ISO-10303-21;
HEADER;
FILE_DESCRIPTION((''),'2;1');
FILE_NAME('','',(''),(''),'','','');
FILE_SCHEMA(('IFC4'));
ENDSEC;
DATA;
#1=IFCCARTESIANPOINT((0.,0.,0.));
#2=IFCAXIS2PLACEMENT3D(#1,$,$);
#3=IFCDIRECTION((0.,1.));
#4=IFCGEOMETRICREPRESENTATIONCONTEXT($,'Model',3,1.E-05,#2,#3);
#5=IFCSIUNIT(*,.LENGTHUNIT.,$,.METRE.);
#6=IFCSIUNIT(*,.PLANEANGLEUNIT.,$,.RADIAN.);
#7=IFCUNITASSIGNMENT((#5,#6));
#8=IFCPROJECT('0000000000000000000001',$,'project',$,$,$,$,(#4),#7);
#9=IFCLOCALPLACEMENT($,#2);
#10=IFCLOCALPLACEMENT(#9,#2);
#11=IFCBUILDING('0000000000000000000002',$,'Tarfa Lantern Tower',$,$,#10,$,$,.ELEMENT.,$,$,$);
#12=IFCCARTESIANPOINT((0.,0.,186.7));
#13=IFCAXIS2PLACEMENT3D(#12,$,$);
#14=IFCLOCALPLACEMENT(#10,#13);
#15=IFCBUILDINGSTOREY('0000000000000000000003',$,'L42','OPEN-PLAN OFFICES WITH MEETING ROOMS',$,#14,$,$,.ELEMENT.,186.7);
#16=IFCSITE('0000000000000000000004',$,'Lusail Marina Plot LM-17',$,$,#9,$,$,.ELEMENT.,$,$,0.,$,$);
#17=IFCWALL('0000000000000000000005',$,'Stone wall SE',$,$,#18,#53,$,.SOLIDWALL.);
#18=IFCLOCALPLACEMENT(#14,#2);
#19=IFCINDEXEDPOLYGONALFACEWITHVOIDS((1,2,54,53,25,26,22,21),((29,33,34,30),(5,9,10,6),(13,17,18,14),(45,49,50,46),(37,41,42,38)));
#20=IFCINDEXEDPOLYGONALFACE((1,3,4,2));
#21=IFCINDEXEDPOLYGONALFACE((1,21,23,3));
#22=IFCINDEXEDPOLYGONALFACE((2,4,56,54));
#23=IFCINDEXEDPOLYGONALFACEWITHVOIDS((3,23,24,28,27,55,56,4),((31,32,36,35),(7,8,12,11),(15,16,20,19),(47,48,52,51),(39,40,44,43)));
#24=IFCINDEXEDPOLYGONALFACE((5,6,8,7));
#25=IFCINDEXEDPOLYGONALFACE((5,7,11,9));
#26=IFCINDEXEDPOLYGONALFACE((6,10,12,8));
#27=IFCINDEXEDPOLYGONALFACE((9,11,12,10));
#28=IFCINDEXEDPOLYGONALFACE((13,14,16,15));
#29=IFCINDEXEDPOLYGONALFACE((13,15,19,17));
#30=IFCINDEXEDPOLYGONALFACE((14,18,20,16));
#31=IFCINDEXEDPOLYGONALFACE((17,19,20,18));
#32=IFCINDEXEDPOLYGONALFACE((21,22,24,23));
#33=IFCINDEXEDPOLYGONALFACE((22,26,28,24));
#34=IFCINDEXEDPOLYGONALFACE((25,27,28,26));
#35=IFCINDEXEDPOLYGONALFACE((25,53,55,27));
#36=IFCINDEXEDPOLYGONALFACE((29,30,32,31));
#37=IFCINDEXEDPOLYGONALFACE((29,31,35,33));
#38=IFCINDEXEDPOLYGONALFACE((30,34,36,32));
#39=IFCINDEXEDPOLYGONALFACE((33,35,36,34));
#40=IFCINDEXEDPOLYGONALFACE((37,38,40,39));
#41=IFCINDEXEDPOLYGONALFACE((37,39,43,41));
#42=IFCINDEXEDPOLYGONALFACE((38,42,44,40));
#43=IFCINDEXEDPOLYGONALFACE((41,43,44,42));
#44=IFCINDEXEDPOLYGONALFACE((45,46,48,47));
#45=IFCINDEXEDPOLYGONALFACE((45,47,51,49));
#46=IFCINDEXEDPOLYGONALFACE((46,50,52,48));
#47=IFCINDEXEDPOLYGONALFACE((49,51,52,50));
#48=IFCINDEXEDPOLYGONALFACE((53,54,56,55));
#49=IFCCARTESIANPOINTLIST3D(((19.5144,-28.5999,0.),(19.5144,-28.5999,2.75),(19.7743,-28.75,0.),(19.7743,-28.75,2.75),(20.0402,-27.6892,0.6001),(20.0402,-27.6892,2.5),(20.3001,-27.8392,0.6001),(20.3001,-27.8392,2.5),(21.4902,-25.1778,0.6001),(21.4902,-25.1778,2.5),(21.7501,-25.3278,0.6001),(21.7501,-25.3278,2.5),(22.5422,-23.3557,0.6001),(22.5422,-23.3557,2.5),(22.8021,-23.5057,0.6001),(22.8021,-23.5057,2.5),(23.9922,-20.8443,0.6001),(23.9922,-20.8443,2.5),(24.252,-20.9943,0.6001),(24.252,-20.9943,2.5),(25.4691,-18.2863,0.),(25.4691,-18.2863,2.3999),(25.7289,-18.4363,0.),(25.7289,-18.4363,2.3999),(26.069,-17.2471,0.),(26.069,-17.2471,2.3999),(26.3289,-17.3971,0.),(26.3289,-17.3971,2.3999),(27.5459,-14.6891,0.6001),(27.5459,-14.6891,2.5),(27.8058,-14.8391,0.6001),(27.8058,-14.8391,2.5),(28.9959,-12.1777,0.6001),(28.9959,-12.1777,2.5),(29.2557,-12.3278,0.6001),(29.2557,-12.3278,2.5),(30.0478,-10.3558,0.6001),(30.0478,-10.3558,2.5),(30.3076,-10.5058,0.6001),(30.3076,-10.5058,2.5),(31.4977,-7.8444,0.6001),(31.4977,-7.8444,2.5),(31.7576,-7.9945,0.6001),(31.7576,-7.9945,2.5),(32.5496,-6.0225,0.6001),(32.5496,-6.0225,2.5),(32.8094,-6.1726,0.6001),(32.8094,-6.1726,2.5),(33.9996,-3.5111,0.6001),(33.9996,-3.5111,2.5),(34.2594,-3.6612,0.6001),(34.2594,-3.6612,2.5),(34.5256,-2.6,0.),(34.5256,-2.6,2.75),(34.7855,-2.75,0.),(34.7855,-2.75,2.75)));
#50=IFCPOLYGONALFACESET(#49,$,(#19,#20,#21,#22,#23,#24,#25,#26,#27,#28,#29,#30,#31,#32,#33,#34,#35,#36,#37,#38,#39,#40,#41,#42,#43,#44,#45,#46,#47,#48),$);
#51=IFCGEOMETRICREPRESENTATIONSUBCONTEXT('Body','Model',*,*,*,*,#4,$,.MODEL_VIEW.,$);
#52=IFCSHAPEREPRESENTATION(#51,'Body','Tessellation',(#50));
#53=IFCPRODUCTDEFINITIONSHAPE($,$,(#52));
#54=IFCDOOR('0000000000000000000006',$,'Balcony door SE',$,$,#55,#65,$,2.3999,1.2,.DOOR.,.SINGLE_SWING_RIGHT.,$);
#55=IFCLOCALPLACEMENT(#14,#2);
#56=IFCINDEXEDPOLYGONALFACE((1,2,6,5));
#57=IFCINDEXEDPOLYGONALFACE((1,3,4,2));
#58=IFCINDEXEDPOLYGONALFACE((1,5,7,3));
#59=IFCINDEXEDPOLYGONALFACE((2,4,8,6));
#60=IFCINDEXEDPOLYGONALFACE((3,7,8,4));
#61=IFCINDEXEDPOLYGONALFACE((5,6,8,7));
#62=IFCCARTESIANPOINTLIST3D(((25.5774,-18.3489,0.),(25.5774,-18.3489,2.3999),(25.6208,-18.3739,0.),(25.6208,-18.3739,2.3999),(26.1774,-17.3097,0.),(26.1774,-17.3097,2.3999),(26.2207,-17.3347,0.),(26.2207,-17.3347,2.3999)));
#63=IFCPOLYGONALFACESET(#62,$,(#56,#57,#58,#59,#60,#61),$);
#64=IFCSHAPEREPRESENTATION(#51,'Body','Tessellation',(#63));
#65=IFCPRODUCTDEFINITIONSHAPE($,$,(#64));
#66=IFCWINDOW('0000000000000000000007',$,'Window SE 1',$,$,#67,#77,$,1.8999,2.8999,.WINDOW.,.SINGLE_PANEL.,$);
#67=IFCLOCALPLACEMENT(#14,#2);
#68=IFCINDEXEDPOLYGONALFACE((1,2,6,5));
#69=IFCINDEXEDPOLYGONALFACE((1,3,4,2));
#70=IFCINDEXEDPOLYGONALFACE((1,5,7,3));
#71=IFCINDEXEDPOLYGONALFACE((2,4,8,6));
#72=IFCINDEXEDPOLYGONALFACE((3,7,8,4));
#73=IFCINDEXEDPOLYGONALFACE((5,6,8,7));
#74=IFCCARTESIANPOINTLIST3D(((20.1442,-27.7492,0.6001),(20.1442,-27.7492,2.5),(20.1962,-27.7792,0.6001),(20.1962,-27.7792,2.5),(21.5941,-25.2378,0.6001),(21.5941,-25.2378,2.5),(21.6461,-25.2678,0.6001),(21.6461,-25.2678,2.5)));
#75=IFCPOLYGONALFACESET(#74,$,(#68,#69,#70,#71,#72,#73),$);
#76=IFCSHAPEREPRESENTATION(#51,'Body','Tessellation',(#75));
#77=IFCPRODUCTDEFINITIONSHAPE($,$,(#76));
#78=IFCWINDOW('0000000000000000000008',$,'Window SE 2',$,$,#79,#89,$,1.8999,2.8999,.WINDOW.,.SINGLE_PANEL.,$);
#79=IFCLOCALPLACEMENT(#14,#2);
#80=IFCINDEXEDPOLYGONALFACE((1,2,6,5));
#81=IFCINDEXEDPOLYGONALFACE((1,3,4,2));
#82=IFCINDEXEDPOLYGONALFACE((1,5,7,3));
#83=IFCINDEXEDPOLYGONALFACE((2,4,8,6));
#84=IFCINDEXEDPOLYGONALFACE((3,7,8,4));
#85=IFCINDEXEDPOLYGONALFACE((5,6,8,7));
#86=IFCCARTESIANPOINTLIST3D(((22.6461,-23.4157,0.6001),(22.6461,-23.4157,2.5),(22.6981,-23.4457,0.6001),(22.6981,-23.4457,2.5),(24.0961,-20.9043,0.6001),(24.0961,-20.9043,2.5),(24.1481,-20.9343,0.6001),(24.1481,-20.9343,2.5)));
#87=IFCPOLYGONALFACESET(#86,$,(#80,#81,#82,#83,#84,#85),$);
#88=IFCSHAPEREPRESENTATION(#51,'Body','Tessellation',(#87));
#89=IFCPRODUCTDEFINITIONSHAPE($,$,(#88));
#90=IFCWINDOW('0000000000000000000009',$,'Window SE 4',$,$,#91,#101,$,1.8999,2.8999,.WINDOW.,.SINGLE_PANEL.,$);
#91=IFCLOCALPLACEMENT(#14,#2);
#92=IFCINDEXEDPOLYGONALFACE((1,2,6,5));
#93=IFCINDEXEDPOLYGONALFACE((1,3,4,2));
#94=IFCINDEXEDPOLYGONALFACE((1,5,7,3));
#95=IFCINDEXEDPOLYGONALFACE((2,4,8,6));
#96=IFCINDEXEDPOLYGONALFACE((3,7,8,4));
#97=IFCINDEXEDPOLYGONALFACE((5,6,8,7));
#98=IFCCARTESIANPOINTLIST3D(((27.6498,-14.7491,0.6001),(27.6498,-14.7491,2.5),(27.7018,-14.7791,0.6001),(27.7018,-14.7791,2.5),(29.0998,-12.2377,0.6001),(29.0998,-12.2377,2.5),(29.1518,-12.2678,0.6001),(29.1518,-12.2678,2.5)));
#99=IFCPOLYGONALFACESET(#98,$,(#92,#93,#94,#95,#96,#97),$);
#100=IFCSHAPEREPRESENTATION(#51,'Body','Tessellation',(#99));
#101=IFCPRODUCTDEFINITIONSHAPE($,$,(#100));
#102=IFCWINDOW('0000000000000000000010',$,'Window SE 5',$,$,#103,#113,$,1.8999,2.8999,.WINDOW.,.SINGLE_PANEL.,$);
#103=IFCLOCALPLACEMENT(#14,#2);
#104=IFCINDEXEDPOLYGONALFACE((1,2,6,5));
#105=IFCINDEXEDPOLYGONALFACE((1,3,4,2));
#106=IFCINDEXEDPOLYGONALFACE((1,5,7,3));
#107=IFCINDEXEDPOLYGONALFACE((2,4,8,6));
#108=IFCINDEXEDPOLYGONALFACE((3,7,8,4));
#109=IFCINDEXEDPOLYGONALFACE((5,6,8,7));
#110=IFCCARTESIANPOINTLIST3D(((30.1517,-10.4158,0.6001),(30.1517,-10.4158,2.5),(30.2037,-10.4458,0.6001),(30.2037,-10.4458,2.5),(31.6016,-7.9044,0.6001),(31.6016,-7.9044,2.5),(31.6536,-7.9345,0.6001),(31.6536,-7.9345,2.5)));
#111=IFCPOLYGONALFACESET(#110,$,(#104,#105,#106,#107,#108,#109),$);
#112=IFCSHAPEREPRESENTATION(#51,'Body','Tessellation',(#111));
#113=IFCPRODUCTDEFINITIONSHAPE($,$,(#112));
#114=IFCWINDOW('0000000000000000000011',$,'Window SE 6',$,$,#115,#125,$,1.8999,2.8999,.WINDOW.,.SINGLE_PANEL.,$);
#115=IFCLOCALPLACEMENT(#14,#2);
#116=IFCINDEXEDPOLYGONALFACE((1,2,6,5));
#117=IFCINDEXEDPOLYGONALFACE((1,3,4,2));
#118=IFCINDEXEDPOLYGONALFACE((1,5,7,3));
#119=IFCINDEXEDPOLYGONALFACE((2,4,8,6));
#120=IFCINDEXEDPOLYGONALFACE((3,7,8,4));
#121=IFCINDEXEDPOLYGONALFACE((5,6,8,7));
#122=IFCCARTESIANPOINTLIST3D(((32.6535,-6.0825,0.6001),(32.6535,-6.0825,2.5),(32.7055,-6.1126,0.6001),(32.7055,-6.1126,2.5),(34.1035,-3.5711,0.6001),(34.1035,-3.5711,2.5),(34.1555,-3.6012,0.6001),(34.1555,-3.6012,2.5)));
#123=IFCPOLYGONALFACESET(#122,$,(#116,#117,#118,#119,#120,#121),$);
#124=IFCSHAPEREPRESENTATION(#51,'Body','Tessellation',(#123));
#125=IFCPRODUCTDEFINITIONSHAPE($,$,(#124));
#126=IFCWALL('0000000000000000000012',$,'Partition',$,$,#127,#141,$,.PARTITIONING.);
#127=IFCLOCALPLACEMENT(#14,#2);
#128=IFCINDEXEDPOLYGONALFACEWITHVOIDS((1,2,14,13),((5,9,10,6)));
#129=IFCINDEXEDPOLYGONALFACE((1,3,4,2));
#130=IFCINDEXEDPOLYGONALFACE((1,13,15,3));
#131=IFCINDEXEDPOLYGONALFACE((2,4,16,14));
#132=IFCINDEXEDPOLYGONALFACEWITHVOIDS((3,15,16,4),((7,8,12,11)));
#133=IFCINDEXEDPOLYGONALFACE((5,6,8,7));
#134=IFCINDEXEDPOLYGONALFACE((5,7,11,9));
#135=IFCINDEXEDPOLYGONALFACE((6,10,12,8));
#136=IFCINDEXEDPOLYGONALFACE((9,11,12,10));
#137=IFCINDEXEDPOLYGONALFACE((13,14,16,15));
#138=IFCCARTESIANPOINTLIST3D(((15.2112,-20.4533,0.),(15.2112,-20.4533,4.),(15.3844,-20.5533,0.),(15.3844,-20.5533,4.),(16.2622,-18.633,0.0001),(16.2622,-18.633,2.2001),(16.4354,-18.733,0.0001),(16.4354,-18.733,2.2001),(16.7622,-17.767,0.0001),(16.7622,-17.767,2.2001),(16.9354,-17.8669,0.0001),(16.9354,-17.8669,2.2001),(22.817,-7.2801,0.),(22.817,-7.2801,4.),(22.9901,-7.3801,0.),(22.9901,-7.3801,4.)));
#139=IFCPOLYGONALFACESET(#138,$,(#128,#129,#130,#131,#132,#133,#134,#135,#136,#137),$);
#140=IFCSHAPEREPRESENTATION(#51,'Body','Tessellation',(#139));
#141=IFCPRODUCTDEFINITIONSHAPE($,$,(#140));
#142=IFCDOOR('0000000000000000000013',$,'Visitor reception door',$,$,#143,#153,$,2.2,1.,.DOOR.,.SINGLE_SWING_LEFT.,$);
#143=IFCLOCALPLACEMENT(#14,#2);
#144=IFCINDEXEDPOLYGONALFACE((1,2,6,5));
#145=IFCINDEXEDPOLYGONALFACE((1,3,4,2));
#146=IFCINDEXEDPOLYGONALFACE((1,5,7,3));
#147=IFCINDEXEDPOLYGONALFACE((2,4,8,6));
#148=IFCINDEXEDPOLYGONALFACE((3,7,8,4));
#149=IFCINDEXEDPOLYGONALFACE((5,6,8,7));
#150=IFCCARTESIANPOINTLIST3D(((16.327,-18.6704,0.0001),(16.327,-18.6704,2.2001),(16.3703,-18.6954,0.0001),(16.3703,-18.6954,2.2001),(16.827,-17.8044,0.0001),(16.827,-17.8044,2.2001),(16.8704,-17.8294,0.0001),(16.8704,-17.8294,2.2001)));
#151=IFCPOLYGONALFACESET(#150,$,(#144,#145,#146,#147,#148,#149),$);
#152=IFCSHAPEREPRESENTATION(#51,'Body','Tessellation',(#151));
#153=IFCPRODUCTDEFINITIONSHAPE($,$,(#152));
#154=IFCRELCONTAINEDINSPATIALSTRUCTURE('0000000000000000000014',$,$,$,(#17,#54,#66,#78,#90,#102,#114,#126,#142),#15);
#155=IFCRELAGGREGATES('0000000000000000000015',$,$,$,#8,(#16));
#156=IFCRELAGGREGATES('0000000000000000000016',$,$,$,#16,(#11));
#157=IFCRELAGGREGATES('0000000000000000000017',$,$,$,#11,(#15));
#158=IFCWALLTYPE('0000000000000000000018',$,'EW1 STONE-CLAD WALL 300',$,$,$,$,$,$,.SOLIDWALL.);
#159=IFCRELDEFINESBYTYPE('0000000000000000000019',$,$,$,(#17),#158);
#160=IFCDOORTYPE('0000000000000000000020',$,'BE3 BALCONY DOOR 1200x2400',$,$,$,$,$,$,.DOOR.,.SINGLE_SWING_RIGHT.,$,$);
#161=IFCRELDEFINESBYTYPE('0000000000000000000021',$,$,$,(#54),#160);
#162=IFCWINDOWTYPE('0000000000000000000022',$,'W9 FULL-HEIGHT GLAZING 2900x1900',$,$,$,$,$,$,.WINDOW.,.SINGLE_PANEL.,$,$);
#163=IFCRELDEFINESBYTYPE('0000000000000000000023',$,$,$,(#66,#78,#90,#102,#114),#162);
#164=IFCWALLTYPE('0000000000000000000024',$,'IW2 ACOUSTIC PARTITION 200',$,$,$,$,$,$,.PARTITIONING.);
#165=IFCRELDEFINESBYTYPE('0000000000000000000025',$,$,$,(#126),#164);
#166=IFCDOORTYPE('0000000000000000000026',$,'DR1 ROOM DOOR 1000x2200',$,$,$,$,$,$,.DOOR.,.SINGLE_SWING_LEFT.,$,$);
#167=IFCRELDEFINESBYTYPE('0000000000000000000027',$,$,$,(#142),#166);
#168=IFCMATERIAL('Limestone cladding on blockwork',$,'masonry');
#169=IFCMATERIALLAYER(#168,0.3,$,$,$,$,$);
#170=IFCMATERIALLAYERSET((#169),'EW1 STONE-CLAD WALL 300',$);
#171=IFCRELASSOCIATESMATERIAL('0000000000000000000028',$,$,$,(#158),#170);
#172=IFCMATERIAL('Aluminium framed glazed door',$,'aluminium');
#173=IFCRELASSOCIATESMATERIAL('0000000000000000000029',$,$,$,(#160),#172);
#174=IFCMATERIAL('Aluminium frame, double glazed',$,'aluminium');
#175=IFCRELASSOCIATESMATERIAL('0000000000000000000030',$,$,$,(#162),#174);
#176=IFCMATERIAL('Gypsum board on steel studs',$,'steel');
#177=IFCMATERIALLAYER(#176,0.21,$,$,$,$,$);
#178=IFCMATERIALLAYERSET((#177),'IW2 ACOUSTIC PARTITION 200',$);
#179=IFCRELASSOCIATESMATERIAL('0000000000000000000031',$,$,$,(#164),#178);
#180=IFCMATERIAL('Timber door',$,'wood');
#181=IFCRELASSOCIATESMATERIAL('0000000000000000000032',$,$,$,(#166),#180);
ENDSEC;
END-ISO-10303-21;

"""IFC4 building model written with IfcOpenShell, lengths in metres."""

from ifc_helpers import new_model, si_unit, direction, frame, frame_2d, origin, place, context, subcontext, project, spatial, rectangle, extrude, material, layer, layer_set, type_object, element, fill, save


model = new_model("IFC4")

# Units and contexts
model_context = context("Model", 3, precision=1e-05, world=origin(), true_north=direction((0.0, 1.0)))
body_context = subcontext(model_context, "Body", "Model", "MODEL_VIEW")
ifc_project = project(units=[si_unit("LENGTHUNIT", "METRE"), si_unit("PLANEANGLEUNIT", "RADIAN")], contexts=[model_context])

# Site, building, storey
site_placement = place(None, origin())
site = spatial("IfcSite", under=ifc_project, at=site_placement, Name="Lusail Marina Plot LM-17", CompositionType="ELEMENT", RefElevation=0.0)
building_placement = place(site_placement, origin())
building = spatial("IfcBuilding", under=site, at=building_placement, Name="Tarfa Lantern Tower", CompositionType="ELEMENT")
storey_placement = place(building_placement, frame((0.0, 0.0, 186.7)))
storey = spatial("IfcBuildingStorey", under=building, at=storey_placement, Name="L42", Description="OPEN-PLAN OFFICES WITH MEETING ROOMS", CompositionType="ELEMENT", Elevation=186.7)

# Wall, openings, door, windows
ifc_material_1 = material(Name="Limestone cladding on blockwork", Category="masonry")
ifc_layer_1 = layer(ifc_material_1, 0.3)
ifc_layer_set_1 = layer_set([ifc_layer_1], Name="EW1 STONE-CLAD WALL 300")
wall_type_1 = type_object("IfcWallType", Name="EW1 STONE-CLAD WALL 300", PredefinedType="SOLIDWALL", material=ifc_layer_set_1)
wall_1_placement = place(storey_placement, frame((19.6443, -28.675, 0.0), z_axis=(0.0, 0.0, 1.0), x_axis=(0.500003, 0.866024, 0.0)))
wall_1 = element("IfcWall", 1, at=wall_1_placement, inside=storey, type_object=wall_type_1, Name="Stone wall SE", PredefinedType="SOLIDWALL", context=body_context, shape_type="SweptSolid", body=[
    extrude(rectangle(XDim=30.0222, YDim=0.3, at=frame_2d((15.0112, 0.0))), origin(), (0.0, 0.0, 1.0), 2.75),
])
opening_1_placement = place(wall_1_placement, frame((1.0518, 0.0, 0.6001)))
opening_1 = element("IfcOpeningElement", 2, at=opening_1_placement, cuts=wall_1, PredefinedType="OPENING", context=body_context, shape_type="SweptSolid", body=[
    extrude(rectangle(XDim=2.8999, YDim=1.8999, at=frame_2d((1.45, 0.95))), frame((0.0, 0.1599, 0.0), z_axis=(0.0, -1.0, 0.0), x_axis=(1.0, 0.0, 0.0)), (0.0, 0.0, 1.0), 0.3201),
])
opening_2_placement = place(wall_1_placement, frame((6.0557, 0.0, 0.6001)))
opening_2 = element("IfcOpeningElement", 3, at=opening_2_placement, cuts=wall_1, PredefinedType="OPENING", context=body_context, shape_type="SweptSolid", body=[
    extrude(rectangle(XDim=2.8999, YDim=1.8999, at=frame_2d((1.45, 0.95))), frame((0.0, 0.1599, 0.0), z_axis=(0.0, -1.0, 0.0), x_axis=(1.0, 0.0, 0.0)), (0.0, 0.0, 1.0), 0.3201),
])
opening_3_placement = place(wall_1_placement, frame((11.9092, 0.0, 0.0)))
opening_3 = element("IfcOpeningElement", 4, at=opening_3_placement, cuts=wall_1, PredefinedType="OPENING", context=body_context, shape_type="SweptSolid", body=[
    extrude(rectangle(XDim=1.2, YDim=2.3999, at=frame_2d((0.6001, 1.2))), frame((0.0, 0.1599, 0.0), z_axis=(0.0, -1.0, 0.0), x_axis=(1.0, 0.0, 0.0)), (0.0, 0.0, 1.0), 0.3201),
])
opening_4_placement = place(wall_1_placement, frame((16.063, 0.0, 0.6001)))
opening_4 = element("IfcOpeningElement", 5, at=opening_4_placement, cuts=wall_1, PredefinedType="OPENING", context=body_context, shape_type="SweptSolid", body=[
    extrude(rectangle(XDim=2.8999, YDim=1.8999, at=frame_2d((1.45, 0.95))), frame((0.0, 0.1599, 0.0), z_axis=(0.0, -1.0, 0.0), x_axis=(1.0, 0.0, 0.0)), (0.0, 0.0, 1.0), 0.3201),
])
opening_5_placement = place(wall_1_placement, frame((21.0667, 0.0, 0.6001)))
opening_5 = element("IfcOpeningElement", 6, at=opening_5_placement, cuts=wall_1, PredefinedType="OPENING", context=body_context, shape_type="SweptSolid", body=[
    extrude(rectangle(XDim=2.8999, YDim=1.8999, at=frame_2d((1.45, 0.95))), frame((0.0, 0.1599, 0.0), z_axis=(0.0, -1.0, 0.0), x_axis=(1.0, 0.0, 0.0)), (0.0, 0.0, 1.0), 0.3201),
])
opening_6_placement = place(wall_1_placement, frame((26.0703, 0.0, 0.6001)))
opening_6 = element("IfcOpeningElement", 7, at=opening_6_placement, cuts=wall_1, PredefinedType="OPENING", context=body_context, shape_type="SweptSolid", body=[
    extrude(rectangle(XDim=2.8999, YDim=1.8999, at=frame_2d((1.45, 0.95))), frame((0.0, 0.1599, 0.0), z_axis=(0.0, -1.0, 0.0), x_axis=(1.0, 0.0, 0.0)), (0.0, 0.0, 1.0), 0.3201),
])
ifc_material_2 = material(Name="Aluminium framed glazed door", Category="aluminium")
door_type_1 = type_object("IfcDoorType", Name="BE3 BALCONY DOOR 1200x2400", OperationType="SINGLE_SWING_RIGHT", PredefinedType="DOOR", material=ifc_material_2)
door_1_placement = place(opening_3_placement, origin())
door_1 = element("IfcDoor", 8, at=door_1_placement, inside=storey, type_object=door_type_1, Name="Balcony door SE", OperationType="SINGLE_SWING_RIGHT", OverallHeight=2.3999, OverallWidth=1.2, PredefinedType="DOOR", context=body_context, shape_type="SweptSolid", body=[
    extrude(rectangle(XDim=1.2, YDim=2.3999, at=frame_2d((0.6001, 1.2))), frame((0.0, 0.0249, 0.0), z_axis=(0.0, -1.0, 0.0), x_axis=(1.0, 0.0, 0.0)), (0.0, 0.0, 1.0), 0.05),
])
fill(opening_3, door_1)
ifc_material_3 = material(Name="Aluminium frame, double glazed", Category="aluminium")
window_type = type_object("IfcWindowType", Name="W9 FULL-HEIGHT GLAZING 2900x1900", PartitioningType="SINGLE_PANEL", PredefinedType="WINDOW", material=ifc_material_3)
window_1_placement = place(opening_1_placement, origin())
window_1 = element("IfcWindow", 9, at=window_1_placement, inside=storey, type_object=window_type, Name="Window SE 1", OverallHeight=1.8999, OverallWidth=2.8999, PartitioningType="SINGLE_PANEL", PredefinedType="WINDOW", context=body_context, shape_type="SweptSolid", body=[
    extrude(rectangle(XDim=2.8999, YDim=1.8999, at=frame_2d((1.45, 0.95))), frame((0.0, 0.03, 0.0), z_axis=(0.0, -1.0, 0.0), x_axis=(1.0, 0.0, 0.0)), (0.0, 0.0, 1.0), 0.0601),
])
fill(opening_1, window_1)
window_2_placement = place(opening_2_placement, origin())
window_2 = element("IfcWindow", 10, at=window_2_placement, inside=storey, type_object=window_type, Name="Window SE 2", OverallHeight=1.8999, OverallWidth=2.8999, PartitioningType="SINGLE_PANEL", PredefinedType="WINDOW", context=body_context, shape_type="SweptSolid", body=[
    extrude(rectangle(XDim=2.8999, YDim=1.8999, at=frame_2d((1.45, 0.95))), frame((0.0, 0.03, 0.0), z_axis=(0.0, -1.0, 0.0), x_axis=(1.0, 0.0, 0.0)), (0.0, 0.0, 1.0), 0.0601),
])
fill(opening_2, window_2)
window_3_placement = place(opening_4_placement, origin())
window_3 = element("IfcWindow", 11, at=window_3_placement, inside=storey, type_object=window_type, Name="Window SE 4", OverallHeight=1.8999, OverallWidth=2.8999, PartitioningType="SINGLE_PANEL", PredefinedType="WINDOW", context=body_context, shape_type="SweptSolid", body=[
    extrude(rectangle(XDim=2.8999, YDim=1.8999, at=frame_2d((1.45, 0.95))), frame((0.0, 0.03, 0.0), z_axis=(0.0, -1.0, 0.0), x_axis=(1.0, 0.0, 0.0)), (0.0, 0.0, 1.0), 0.0601),
])
fill(opening_4, window_3)
window_4_placement = place(opening_5_placement, origin())
window_4 = element("IfcWindow", 12, at=window_4_placement, inside=storey, type_object=window_type, Name="Window SE 5", OverallHeight=1.8999, OverallWidth=2.8999, PartitioningType="SINGLE_PANEL", PredefinedType="WINDOW", context=body_context, shape_type="SweptSolid", body=[
    extrude(rectangle(XDim=2.8999, YDim=1.8999, at=frame_2d((1.45, 0.95))), frame((0.0, 0.03, 0.0), z_axis=(0.0, -1.0, 0.0), x_axis=(1.0, 0.0, 0.0)), (0.0, 0.0, 1.0), 0.0601),
])
fill(opening_5, window_4)
window_5_placement = place(opening_6_placement, origin())
window_5 = element("IfcWindow", 13, at=window_5_placement, inside=storey, type_object=window_type, Name="Window SE 6", OverallHeight=1.8999, OverallWidth=2.8999, PartitioningType="SINGLE_PANEL", PredefinedType="WINDOW", context=body_context, shape_type="SweptSolid", body=[
    extrude(rectangle(XDim=2.8999, YDim=1.8999, at=frame_2d((1.45, 0.95))), frame((0.0, 0.03, 0.0), z_axis=(0.0, -1.0, 0.0), x_axis=(1.0, 0.0, 0.0)), (0.0, 0.0, 1.0), 0.0601),
])
fill(opening_6, window_5)

# Wall, opening, door
ifc_material_4 = material(Name="Gypsum board on steel studs", Category="steel")
ifc_layer_2 = layer(ifc_material_4, 0.21)
ifc_layer_set_2 = layer_set([ifc_layer_2], Name="IW2 ACOUSTIC PARTITION 200")
wall_type_2 = type_object("IfcWallType", Name="IW2 ACOUSTIC PARTITION 200", PredefinedType="PARTITIONING", material=ifc_layer_set_2)
wall_2_placement = place(storey_placement, frame((15.2979, -20.5032, 0.0), z_axis=(0.0, 0.0, 1.0), x_axis=(0.500011, 0.866019, 0.0)))
wall_2 = element("IfcWall", 14, at=wall_2_placement, inside=storey, type_object=wall_type_2, Name="Partition", PredefinedType="PARTITIONING", context=body_context, shape_type="SweptSolid", body=[
    extrude(rectangle(XDim=15.2112, YDim=0.2, at=frame_2d((7.6055, 0.0))), origin(), (0.0, 0.0, 1.0), 4.0),
])
opening_7_placement = place(wall_2_placement, frame((2.1018, 0.0, 0.0)))
opening_7 = element("IfcOpeningElement", 15, at=opening_7_placement, cuts=wall_2, PredefinedType="OPENING", context=body_context, shape_type="SweptSolid", body=[
    extrude(rectangle(XDim=1.0, YDim=2.2, at=frame_2d((0.5, 1.1001))), frame((0.0, 0.1099, 0.0), z_axis=(0.0, -1.0, 0.0), x_axis=(1.0, 0.0, 0.0)), (0.0, 0.0, 1.0), 0.22),
])
ifc_material_5 = material(Name="Timber door", Category="wood")
door_type_2 = type_object("IfcDoorType", Name="DR1 ROOM DOOR 1000x2200", OperationType="SINGLE_SWING_LEFT", PredefinedType="DOOR", material=ifc_material_5)
door_2_placement = place(opening_7_placement, frame((1.0, 0.0, 0.0), z_axis=(0.0, 0.0, 1.0), x_axis=(-1.0, 0.0, 0.0)))
door_2 = element("IfcDoor", 16, at=door_2_placement, inside=storey, type_object=door_type_2, Name="Visitor reception door", OperationType="SINGLE_SWING_LEFT", OverallHeight=2.2, OverallWidth=1.0, PredefinedType="DOOR", context=body_context, shape_type="SweptSolid", body=[
    extrude(rectangle(XDim=1.0, YDim=2.2, at=frame_2d((0.5, 1.1001))), frame((0.0, 0.0249, 0.0), z_axis=(0.0, -1.0, 0.0), x_axis=(1.0, 0.0, 0.0)), (0.0, 0.0, 1.0), 0.05),
])
fill(opening_7, door_2)

save(model, "model.ifc")
